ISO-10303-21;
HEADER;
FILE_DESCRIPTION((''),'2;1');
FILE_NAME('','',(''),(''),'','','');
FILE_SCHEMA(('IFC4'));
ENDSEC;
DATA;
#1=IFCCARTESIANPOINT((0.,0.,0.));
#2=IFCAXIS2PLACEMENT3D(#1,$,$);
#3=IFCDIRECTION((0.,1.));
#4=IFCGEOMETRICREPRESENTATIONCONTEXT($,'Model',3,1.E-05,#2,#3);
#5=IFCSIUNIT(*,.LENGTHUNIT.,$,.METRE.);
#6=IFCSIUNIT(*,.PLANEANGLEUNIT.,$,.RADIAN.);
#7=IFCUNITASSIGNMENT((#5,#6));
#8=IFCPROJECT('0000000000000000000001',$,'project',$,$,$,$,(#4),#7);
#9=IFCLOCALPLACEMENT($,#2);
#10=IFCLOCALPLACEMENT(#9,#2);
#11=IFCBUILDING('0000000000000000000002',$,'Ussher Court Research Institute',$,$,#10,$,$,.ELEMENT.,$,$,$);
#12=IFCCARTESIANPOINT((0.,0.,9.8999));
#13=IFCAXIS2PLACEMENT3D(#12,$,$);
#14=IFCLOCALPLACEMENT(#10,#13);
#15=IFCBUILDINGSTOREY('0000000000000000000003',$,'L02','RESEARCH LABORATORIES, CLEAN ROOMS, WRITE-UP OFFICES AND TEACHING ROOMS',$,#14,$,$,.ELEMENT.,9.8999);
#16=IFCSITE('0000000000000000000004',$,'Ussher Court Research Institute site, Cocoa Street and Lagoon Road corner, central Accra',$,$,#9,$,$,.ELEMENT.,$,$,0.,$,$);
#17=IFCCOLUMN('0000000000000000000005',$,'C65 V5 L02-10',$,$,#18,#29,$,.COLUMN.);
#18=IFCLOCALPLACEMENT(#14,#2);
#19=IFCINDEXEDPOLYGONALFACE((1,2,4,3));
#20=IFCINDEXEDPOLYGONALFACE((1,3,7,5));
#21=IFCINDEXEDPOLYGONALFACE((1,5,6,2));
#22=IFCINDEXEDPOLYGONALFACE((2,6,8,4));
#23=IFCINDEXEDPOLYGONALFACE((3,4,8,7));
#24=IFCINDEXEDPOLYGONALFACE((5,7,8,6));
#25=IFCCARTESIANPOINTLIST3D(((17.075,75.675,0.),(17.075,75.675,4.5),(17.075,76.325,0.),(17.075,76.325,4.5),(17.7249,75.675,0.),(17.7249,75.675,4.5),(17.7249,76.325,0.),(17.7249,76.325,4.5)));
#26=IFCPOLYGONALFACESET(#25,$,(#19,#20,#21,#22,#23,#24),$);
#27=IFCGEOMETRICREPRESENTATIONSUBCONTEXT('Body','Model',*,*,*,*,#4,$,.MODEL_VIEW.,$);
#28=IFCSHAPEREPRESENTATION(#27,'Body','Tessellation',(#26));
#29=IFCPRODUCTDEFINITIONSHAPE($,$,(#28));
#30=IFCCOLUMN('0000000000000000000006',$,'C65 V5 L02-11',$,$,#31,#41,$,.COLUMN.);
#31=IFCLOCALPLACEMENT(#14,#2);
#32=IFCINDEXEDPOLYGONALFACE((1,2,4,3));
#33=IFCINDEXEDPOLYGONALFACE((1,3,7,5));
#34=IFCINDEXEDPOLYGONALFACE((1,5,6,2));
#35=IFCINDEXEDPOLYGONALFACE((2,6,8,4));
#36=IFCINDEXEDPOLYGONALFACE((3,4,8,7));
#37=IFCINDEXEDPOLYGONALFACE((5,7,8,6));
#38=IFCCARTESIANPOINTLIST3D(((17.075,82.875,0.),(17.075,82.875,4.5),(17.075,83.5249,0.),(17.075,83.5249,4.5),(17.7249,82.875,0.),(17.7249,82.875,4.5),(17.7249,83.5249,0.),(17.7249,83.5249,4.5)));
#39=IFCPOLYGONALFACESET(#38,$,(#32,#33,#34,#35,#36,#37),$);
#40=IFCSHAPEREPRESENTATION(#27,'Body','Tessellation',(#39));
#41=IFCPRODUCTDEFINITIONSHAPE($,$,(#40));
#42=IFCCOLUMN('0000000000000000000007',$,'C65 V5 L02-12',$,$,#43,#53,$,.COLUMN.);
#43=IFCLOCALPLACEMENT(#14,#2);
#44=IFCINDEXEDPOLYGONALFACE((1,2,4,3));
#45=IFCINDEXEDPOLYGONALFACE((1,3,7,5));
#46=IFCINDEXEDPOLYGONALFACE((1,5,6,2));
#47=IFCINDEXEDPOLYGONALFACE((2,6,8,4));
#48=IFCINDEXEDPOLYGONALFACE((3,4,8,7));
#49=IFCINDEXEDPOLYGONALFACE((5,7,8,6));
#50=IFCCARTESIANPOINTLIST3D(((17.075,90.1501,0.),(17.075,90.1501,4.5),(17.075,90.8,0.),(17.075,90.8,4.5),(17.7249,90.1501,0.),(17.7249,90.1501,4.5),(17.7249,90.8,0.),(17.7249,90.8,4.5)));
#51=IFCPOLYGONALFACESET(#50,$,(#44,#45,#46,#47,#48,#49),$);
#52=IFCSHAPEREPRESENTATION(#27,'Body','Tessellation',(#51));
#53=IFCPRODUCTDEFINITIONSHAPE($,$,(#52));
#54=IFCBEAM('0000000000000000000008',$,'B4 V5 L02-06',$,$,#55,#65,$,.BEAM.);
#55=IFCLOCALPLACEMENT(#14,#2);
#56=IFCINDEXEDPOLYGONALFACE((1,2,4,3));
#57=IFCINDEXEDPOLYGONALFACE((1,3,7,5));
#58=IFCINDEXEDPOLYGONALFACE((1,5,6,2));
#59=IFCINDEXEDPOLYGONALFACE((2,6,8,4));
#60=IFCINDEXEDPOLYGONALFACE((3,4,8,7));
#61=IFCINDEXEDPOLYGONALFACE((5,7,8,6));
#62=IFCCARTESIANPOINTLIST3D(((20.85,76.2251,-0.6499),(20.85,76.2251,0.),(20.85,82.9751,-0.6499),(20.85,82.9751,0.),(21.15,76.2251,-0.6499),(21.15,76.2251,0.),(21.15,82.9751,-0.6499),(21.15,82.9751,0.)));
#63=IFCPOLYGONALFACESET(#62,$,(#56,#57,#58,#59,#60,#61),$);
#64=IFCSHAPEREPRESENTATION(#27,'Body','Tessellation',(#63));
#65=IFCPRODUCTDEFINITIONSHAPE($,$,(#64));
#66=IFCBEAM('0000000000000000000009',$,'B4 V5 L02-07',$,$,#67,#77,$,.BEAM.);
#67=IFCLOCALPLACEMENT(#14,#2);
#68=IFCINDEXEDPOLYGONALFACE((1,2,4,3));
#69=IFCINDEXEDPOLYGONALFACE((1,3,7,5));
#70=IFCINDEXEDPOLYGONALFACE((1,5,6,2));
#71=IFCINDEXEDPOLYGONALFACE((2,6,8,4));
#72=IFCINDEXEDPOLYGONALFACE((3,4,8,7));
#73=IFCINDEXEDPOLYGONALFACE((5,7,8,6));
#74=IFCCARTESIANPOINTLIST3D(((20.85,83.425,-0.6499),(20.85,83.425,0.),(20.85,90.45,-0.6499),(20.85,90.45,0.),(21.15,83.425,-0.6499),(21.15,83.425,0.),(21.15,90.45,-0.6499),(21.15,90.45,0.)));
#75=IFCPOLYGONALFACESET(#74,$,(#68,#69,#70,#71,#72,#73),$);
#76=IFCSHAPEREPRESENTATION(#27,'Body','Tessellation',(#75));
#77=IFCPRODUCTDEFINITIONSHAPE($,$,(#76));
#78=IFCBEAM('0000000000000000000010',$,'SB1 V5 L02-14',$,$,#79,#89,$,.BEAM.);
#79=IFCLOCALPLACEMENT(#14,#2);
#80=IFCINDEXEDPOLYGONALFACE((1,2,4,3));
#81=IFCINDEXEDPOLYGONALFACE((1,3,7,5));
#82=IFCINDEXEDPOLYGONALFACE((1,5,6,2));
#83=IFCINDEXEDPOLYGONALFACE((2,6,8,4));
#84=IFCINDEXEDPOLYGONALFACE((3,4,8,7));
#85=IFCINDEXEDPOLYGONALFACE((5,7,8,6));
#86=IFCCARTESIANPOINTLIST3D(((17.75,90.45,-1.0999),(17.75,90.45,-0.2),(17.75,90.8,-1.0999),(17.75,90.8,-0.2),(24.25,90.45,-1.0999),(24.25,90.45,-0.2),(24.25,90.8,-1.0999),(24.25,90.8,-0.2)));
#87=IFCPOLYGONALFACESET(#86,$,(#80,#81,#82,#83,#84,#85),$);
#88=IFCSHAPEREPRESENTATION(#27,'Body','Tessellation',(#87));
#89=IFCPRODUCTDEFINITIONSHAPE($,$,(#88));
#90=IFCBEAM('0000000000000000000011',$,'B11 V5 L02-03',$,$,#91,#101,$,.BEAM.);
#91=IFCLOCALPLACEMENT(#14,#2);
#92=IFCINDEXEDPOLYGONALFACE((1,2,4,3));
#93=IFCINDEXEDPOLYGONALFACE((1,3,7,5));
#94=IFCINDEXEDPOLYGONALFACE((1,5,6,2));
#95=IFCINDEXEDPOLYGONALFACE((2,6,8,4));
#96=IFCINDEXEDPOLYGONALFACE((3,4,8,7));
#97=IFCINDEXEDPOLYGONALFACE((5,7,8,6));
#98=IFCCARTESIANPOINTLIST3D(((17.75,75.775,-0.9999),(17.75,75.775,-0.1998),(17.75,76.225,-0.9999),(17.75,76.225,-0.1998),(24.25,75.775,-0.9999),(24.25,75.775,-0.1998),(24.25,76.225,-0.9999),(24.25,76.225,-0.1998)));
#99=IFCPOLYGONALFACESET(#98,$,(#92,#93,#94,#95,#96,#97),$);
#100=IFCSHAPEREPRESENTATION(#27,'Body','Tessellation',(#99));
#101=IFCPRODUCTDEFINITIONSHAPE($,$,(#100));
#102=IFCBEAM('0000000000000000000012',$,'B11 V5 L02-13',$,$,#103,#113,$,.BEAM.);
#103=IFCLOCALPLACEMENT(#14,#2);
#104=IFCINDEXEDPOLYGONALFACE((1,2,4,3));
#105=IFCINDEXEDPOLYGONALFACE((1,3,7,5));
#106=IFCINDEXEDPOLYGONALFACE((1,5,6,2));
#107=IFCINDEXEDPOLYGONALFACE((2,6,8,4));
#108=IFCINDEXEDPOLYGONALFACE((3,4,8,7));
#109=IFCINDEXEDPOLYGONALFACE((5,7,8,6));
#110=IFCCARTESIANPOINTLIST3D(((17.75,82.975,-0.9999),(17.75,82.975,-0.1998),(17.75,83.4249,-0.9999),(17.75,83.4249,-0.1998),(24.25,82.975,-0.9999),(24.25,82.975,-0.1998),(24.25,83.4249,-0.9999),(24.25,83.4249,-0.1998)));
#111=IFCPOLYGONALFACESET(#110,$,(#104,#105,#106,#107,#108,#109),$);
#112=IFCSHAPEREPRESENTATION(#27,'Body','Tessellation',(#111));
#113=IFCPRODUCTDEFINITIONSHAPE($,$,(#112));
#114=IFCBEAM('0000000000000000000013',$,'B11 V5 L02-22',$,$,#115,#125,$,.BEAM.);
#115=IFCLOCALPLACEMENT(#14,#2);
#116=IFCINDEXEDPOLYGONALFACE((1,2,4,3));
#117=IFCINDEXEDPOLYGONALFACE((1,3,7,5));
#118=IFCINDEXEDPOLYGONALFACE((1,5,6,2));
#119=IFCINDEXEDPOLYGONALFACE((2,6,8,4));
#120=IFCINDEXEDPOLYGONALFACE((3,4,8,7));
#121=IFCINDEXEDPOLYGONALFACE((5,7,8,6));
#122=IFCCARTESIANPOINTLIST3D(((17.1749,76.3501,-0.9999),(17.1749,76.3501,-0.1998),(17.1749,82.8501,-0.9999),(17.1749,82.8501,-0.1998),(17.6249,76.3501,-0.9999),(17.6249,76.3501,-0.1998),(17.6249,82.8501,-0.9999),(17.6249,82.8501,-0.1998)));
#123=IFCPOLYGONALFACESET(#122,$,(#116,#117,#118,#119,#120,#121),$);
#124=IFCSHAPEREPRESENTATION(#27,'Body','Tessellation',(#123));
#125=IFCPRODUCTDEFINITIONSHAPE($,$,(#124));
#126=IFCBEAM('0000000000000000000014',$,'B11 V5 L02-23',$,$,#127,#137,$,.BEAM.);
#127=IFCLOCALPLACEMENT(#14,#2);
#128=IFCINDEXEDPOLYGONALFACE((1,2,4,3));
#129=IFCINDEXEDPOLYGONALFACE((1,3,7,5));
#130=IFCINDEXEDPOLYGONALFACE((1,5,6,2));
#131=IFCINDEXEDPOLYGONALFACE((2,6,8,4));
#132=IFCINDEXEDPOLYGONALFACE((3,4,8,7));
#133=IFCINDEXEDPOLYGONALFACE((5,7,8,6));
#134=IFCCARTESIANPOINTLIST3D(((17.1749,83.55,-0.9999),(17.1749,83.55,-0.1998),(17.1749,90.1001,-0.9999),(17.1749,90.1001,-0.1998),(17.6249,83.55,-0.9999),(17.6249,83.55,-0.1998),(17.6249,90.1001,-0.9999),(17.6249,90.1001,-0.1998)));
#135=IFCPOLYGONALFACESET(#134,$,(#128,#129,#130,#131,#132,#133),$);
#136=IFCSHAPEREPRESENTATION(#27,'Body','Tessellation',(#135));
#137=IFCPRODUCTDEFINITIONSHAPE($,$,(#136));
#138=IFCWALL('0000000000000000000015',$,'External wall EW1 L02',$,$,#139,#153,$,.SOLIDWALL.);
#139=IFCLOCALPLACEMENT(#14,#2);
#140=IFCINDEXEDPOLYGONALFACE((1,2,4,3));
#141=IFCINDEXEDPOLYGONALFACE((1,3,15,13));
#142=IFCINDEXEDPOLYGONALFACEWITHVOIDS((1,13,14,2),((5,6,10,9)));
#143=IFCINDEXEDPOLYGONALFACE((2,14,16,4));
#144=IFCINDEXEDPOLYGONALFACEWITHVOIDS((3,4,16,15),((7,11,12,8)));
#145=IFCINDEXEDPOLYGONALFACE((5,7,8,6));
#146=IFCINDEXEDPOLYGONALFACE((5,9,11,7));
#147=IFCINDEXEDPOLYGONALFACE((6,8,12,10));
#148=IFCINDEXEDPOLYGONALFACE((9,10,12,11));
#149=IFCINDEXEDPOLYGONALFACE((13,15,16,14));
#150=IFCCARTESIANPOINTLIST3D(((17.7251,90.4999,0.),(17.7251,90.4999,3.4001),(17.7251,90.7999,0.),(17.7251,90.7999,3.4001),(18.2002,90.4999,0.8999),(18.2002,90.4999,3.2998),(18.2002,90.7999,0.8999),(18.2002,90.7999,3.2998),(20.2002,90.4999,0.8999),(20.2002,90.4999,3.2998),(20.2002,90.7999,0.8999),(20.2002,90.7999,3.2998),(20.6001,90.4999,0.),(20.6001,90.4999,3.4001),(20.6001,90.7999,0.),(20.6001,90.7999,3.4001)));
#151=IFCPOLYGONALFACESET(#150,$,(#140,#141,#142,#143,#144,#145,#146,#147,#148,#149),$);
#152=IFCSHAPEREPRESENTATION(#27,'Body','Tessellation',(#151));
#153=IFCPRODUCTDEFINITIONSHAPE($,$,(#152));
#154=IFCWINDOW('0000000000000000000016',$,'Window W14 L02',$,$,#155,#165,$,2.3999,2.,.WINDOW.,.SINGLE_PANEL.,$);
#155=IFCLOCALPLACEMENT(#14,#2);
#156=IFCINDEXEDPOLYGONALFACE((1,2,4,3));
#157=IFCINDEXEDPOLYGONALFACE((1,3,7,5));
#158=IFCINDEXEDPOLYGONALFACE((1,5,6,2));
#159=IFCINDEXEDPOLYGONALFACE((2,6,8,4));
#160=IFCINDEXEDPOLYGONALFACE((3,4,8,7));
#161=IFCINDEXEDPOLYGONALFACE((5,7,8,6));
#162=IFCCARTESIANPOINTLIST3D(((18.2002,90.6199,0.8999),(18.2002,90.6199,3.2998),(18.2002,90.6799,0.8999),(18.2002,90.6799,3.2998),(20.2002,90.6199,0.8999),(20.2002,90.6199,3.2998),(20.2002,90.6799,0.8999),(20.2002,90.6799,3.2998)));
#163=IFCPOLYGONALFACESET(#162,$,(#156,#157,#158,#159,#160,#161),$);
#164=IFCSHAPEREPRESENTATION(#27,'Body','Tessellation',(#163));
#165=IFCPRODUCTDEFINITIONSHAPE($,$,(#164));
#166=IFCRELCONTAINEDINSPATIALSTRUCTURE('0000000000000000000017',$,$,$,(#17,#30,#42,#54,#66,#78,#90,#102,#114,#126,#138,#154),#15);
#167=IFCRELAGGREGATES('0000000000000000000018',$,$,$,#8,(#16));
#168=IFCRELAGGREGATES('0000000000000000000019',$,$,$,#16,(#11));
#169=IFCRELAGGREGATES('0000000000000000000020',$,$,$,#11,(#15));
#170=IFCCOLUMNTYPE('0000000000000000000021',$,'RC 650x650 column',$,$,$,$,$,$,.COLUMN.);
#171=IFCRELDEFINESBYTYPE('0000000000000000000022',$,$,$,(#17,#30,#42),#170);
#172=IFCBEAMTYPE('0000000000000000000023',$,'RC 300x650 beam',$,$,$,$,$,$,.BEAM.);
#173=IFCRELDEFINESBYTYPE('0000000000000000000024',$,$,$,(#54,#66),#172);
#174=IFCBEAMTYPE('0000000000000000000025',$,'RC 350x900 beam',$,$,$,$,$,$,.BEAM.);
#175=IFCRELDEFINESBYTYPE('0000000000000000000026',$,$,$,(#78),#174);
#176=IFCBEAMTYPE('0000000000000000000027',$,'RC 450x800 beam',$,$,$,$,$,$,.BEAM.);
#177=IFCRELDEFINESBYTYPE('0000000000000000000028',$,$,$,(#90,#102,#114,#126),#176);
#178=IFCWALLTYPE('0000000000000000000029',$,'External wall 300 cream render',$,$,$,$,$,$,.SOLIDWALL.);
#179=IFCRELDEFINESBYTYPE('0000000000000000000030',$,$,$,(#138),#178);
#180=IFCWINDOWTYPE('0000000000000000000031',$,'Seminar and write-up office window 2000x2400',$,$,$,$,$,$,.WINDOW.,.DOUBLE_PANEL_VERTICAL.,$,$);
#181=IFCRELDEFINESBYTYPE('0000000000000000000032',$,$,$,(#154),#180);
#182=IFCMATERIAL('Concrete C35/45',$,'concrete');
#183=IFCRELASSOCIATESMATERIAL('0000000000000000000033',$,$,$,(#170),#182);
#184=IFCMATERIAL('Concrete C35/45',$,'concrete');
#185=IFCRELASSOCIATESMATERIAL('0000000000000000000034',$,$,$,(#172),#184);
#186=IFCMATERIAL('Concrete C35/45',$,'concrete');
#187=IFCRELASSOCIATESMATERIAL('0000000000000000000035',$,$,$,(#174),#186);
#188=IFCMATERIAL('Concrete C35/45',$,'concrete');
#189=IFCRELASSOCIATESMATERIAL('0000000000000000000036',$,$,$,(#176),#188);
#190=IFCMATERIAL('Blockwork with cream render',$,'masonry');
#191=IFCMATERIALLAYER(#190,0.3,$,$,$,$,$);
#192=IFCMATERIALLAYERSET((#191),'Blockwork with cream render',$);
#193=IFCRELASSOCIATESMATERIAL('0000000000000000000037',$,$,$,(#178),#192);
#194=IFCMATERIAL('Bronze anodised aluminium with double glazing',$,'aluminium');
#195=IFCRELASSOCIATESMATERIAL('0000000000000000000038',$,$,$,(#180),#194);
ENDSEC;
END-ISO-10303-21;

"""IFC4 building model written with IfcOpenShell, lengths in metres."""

from ifc_helpers import new_model, si_unit, direction, frame, frame_2d, origin, origin_2d, place, context, subcontext, project, spatial, rectangle, extrude, material, layer, layer_set, material_profile, profile_set, type_object, element, fill, save


model = new_model("IFC4")

# Units and contexts
model_context = context("Model", 3, precision=1e-05, world=origin(), true_north=direction((0.0, 1.0)))
body_context = subcontext(model_context, "Body", "Model", "MODEL_VIEW")
ifc_project = project(units=[si_unit("LENGTHUNIT", "METRE"), si_unit("PLANEANGLEUNIT", "RADIAN")], contexts=[model_context])

# Site, building, storey
site_placement = place(None, origin())
site = spatial("IfcSite", under=ifc_project, at=site_placement, Name="Ussher Court Research Institute site, Cocoa Street and Lagoon Road corner, central Accra", CompositionType="ELEMENT", RefElevation=0.0)
building_placement = place(site_placement, origin())
building = spatial("IfcBuilding", under=site, at=building_placement, Name="Ussher Court Research Institute", CompositionType="ELEMENT")
storey_placement = place(building_placement, frame((0.0, 0.0, 9.8999)))
storey = spatial("IfcBuildingStorey", under=building, at=storey_placement, Name="L02", Description="RESEARCH LABORATORIES, CLEAN ROOMS, WRITE-UP OFFICES AND TEACHING ROOMS", CompositionType="ELEMENT", Elevation=9.8999)

# Columns
ifc_material_1 = material(Name="Concrete C35/45", Category="concrete")
ifc_material_profile_1 = material_profile(ifc_material_1, rectangle(XDim=0.6499, YDim=0.6499, at=origin_2d()), Name="RC 650x650")
ifc_profile_set_1 = profile_set([ifc_material_profile_1], Name="Concrete C35/45")
column_type = type_object("IfcColumnType", Name="RC 650x650 column", PredefinedType="COLUMN", material=ifc_profile_set_1)
for number, where, z_axis, x_axis, name in (
    (1, (17.3999, 76.0, 0.0), (0.0, 0.0, 1.0), (1.0, 0.0, 0.0), "C65 V5 L02-10"),
    (2, (17.3999, 83.2, 0.0), (0.0, 0.0, 1.0), (1.0, 0.0, 0.0), "C65 V5 L02-11"),
    (3, (17.3999, 90.4751, 0.0), (0.0, 0.0, 1.0), (1.0, 0.0, 0.0), "C65 V5 L02-12"),
):
    element("IfcColumn", number, at=place(storey_placement, frame(where, z_axis=z_axis, x_axis=x_axis)), inside=storey, type_object=column_type, Name=name, PredefinedType="COLUMN", context=body_context, shape_type="SweptSolid", body=[
        extrude(rectangle(XDim=0.6499, YDim=0.6499, at=origin_2d()), origin(), (0.0, 0.0, 1.0), 4.5),
    ])

# Beams
ifc_material_2 = material(Name="Concrete C35/45", Category="concrete")
ifc_material_profile_2 = material_profile(ifc_material_2, rectangle(XDim=0.3, YDim=0.6499, at=origin_2d()), Name="RC 300x650")
ifc_profile_set_2 = profile_set([ifc_material_profile_2], Name="Concrete C35/45")
beam_type_1 = type_object("IfcBeamType", Name="RC 300x650 beam", PredefinedType="BEAM", material=ifc_profile_set_2)
beam_1_placement = place(storey_placement, frame((21.0, 76.2251, -0.325), z_axis=(0.0, 1.0, 0.0), x_axis=(-1.0, 0.0, 0.0)))
element("IfcBeam", 4, at=beam_1_placement, inside=storey, type_object=beam_type_1, Name="B4 V5 L02-06", PredefinedType="BEAM", context=body_context, shape_type="SweptSolid", body=[
    extrude(rectangle(XDim=0.3, YDim=0.6499, at=origin_2d()), origin(), (0.0, 0.0, 1.0), 6.75),
])
beam_2_placement = place(storey_placement, frame((21.0, 83.425, -0.325), z_axis=(0.0, 1.0, 0.0), x_axis=(-1.0, 0.0, 0.0)))
element("IfcBeam", 5, at=beam_2_placement, inside=storey, type_object=beam_type_1, Name="B4 V5 L02-07", PredefinedType="BEAM", context=body_context, shape_type="SweptSolid", body=[
    extrude(rectangle(XDim=0.3, YDim=0.6499, at=origin_2d()), origin(), (0.0, 0.0, 1.0), 7.0249),
])
ifc_material_3 = material(Name="Concrete C35/45", Category="concrete")
ifc_material_profile_3 = material_profile(ifc_material_3, rectangle(XDim=0.3501, YDim=0.8999, at=origin_2d()), Name="RC 350x900")
ifc_profile_set_3 = profile_set([ifc_material_profile_3], Name="Concrete C35/45")
beam_type_2 = type_object("IfcBeamType", Name="RC 350x900 beam", PredefinedType="BEAM", material=ifc_profile_set_3)
beam_3_placement = place(storey_placement, frame((17.75, 90.625, -0.6499), z_axis=(1.0, 0.0, 0.0), x_axis=(0.0, 1.0, 0.0)))
element("IfcBeam", 6, at=beam_3_placement, inside=storey, type_object=beam_type_2, Name="SB1 V5 L02-14", PredefinedType="BEAM", context=body_context, shape_type="SweptSolid", body=[
    extrude(rectangle(XDim=0.3501, YDim=0.8999, at=origin_2d()), origin(), (0.0, 0.0, 1.0), 6.5),
])
ifc_material_4 = material(Name="Concrete C35/45", Category="concrete")
ifc_material_profile_4 = material_profile(ifc_material_4, rectangle(XDim=0.45, YDim=0.8, at=origin_2d()), Name="RC 450x800")
ifc_profile_set_4 = profile_set([ifc_material_profile_4], Name="Concrete C35/45")
beam_type_3 = type_object("IfcBeamType", Name="RC 450x800 beam", PredefinedType="BEAM", material=ifc_profile_set_4)
for number, where, z_axis, x_axis, name in (
    (7, (17.75, 76.0, -0.5999), (1.0, 0.0, 0.0), (0.0, 1.0, 0.0), "B11 V5 L02-03"),
    (8, (17.75, 83.2, -0.5999), (1.0, 0.0, 0.0), (0.0, 1.0, 0.0), "B11 V5 L02-13"),
    (9, (17.3999, 76.3501, -0.5999), (0.0, 1.0, 0.0), (-1.0, 0.0, 0.0), "B11 V5 L02-22"),
):
    element("IfcBeam", number, at=place(storey_placement, frame(where, z_axis=z_axis, x_axis=x_axis)), inside=storey, type_object=beam_type_3, Name=name, PredefinedType="BEAM", context=body_context, shape_type="SweptSolid", body=[
        extrude(rectangle(XDim=0.45, YDim=0.8, at=origin_2d()), origin(), (0.0, 0.0, 1.0), 6.5),
    ])
beam_4_placement = place(storey_placement, frame((17.3999, 83.55, -0.5999), z_axis=(0.0, 1.0, 0.0), x_axis=(-1.0, 0.0, 0.0)))
element("IfcBeam", 10, at=beam_4_placement, inside=storey, type_object=beam_type_3, Name="B11 V5 L02-23", PredefinedType="BEAM", context=body_context, shape_type="SweptSolid", body=[
    extrude(rectangle(XDim=0.45, YDim=0.8, at=origin_2d()), origin(), (0.0, 0.0, 1.0), 6.55),
])

# Wall, opening, window
ifc_material_5 = material(Name="Blockwork with cream render", Category="masonry")
ifc_layer_1 = layer(ifc_material_5, 0.3)
ifc_layer_set_1 = layer_set([ifc_layer_1], Name="Blockwork with cream render")
wall_type_1 = type_object("IfcWallType", Name="External wall 300 cream render", PredefinedType="SOLIDWALL", material=ifc_layer_set_1)
wall_1_placement = place(storey_placement, frame((17.7251, 90.6499, 0.0), z_axis=(0.0, 0.0, 1.0), x_axis=(1.0, 0.0, 0.0)))
wall_1 = element("IfcWall", 11, at=wall_1_placement, inside=storey, type_object=wall_type_1, Name="External wall EW1 L02", PredefinedType="SOLIDWALL", context=body_context, shape_type="SweptSolid", body=[
    extrude(rectangle(XDim=2.875, YDim=0.3, at=frame_2d((1.4375, 0.0))), origin(), (0.0, 0.0, 1.0), 3.4001),
])
opening_1_placement = place(wall_1_placement, frame((0.4751, 0.0, 0.8999)))
opening_1 = element("IfcOpeningElement", 12, at=opening_1_placement, cuts=wall_1, PredefinedType="OPENING", context=body_context, shape_type="SweptSolid", body=[
    extrude(rectangle(XDim=2.0, YDim=2.3999, at=frame_2d((1.0, 1.2))), frame((0.0, 0.1602, 0.0), z_axis=(0.0, -1.0, 0.0), x_axis=(1.0, 0.0, 0.0)), (0.0, 0.0, 1.0), 0.3201),
])
ifc_material_6 = material(Name="Bronze anodised aluminium with double glazing", Category="aluminium")
window_type = type_object("IfcWindowType", Name="Seminar and write-up office window 2000x2400", PartitioningType="DOUBLE_PANEL_VERTICAL", PredefinedType="WINDOW", material=ifc_material_6)
window_1_placement = place(opening_1_placement, origin())
window_1 = element("IfcWindow", 13, at=window_1_placement, inside=storey, type_object=window_type, Name="Window W14 L02", OverallHeight=2.3999, OverallWidth=2.0, PartitioningType="SINGLE_PANEL", PredefinedType="WINDOW", context=body_context, shape_type="SweptSolid", body=[
    extrude(rectangle(XDim=2.0, YDim=2.3999, at=frame_2d((1.0, 1.2))), frame((0.0, 0.03, 0.0), z_axis=(0.0, -1.0, 0.0), x_axis=(1.0, 0.0, 0.0)), (0.0, 0.0, 1.0), 0.0601),
])
fill(opening_1, window_1)

save(model, "model.ifc")
